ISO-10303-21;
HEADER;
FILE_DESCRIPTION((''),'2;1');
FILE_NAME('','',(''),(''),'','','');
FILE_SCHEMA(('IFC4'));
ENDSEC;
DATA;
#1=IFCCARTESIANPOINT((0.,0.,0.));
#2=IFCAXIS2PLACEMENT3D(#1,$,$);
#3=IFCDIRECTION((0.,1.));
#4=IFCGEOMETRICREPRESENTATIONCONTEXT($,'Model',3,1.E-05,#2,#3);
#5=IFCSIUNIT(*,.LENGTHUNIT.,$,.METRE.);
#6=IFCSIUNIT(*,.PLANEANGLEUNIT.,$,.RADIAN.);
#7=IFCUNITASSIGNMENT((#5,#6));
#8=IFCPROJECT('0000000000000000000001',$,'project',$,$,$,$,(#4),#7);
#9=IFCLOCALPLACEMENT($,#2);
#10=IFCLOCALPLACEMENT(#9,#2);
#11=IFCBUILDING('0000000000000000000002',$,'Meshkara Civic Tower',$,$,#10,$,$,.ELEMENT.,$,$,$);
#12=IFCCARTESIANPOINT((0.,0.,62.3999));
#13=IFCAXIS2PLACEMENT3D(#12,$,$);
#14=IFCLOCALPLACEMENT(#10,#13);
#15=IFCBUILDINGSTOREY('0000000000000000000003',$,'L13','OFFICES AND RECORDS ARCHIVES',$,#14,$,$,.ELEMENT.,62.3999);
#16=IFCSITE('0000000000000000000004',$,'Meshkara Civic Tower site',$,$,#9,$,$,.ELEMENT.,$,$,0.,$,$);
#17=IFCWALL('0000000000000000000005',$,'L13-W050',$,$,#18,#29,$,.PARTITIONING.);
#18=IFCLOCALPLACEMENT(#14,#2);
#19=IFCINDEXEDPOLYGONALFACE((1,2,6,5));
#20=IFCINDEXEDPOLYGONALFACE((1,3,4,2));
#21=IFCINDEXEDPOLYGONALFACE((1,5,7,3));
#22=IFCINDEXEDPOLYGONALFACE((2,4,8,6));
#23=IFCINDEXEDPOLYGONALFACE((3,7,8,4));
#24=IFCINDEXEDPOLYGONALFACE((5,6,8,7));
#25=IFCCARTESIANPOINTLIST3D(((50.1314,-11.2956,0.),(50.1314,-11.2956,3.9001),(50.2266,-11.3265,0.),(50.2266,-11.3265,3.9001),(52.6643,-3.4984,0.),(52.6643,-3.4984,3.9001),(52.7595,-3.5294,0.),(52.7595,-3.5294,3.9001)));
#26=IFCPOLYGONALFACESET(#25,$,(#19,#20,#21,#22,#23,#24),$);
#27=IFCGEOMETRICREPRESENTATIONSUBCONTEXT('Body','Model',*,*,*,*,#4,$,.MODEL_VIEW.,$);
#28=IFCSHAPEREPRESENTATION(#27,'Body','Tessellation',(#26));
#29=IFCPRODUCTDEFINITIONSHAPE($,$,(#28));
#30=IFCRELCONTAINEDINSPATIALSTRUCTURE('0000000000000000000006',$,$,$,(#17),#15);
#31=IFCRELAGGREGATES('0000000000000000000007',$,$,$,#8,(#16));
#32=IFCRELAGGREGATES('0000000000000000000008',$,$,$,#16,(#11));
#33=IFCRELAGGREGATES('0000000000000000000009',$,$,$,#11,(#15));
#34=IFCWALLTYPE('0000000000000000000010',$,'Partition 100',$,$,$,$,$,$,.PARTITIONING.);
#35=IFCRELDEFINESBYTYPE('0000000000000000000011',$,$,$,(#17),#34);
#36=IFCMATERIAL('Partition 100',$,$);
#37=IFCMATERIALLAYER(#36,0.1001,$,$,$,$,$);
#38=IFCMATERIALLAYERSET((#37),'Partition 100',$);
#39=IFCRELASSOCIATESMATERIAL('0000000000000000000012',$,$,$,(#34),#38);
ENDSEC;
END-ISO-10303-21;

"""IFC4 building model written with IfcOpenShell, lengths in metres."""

from ifc_helpers import new_model, si_unit, direction, frame, frame_2d, origin, place, context, subcontext, project, spatial, rectangle, extrude, material, layer, layer_set, type_object, element, save


model = new_model("IFC4")

# Units and contexts
model_context = context("Model", 3, precision=1e-05, world=origin(), true_north=direction((0.0, 1.0)))
body_context = subcontext(model_context, "Body", "Model", "MODEL_VIEW")
ifc_project = project(units=[si_unit("LENGTHUNIT", "METRE"), si_unit("PLANEANGLEUNIT", "RADIAN")], contexts=[model_context])

# Site, building, storey
site_placement = place(None, origin())
site = spatial("IfcSite", under=ifc_project, at=site_placement, Name="Meshkara Civic Tower site", CompositionType="ELEMENT", RefElevation=0.0)
building_placement = place(site_placement, origin())
building = spatial("IfcBuilding", under=site, at=building_placement, Name="Meshkara Civic Tower", CompositionType="ELEMENT")
storey_placement = place(building_placement, frame((0.0, 0.0, 62.3999)))
storey = spatial("IfcBuildingStorey", under=building, at=storey_placement, Name="L13", Description="OFFICES AND RECORDS ARCHIVES", CompositionType="ELEMENT", Elevation=62.3999)

# Wall
ifc_material_1 = material(Name="Partition 100")
ifc_layer_1 = layer(ifc_material_1, 0.1001)
ifc_layer_set_1 = layer_set([ifc_layer_1], Name="Partition 100")
wall_type_1 = type_object("IfcWallType", Name="Partition 100", PredefinedType="PARTITIONING", material=ifc_layer_set_1)
wall_1_placement = place(storey_placement, frame((50.179, -11.311, 0.0), z_axis=(0.0, 0.0, 1.0), x_axis=(0.308964, 0.951074, 0.0)))
element("IfcWall", 1, at=wall_1_placement, inside=storey, type_object=wall_type_1, Name="L13-W050", PredefinedType="PARTITIONING", context=body_context, shape_type="SweptSolid", body=[
    extrude(rectangle(XDim=8.1982, YDim=0.1001, at=frame_2d((4.0991, 0.0))), origin(), (0.0, 0.0, 1.0), 3.9001),
])

save(model, "model.ifc")
